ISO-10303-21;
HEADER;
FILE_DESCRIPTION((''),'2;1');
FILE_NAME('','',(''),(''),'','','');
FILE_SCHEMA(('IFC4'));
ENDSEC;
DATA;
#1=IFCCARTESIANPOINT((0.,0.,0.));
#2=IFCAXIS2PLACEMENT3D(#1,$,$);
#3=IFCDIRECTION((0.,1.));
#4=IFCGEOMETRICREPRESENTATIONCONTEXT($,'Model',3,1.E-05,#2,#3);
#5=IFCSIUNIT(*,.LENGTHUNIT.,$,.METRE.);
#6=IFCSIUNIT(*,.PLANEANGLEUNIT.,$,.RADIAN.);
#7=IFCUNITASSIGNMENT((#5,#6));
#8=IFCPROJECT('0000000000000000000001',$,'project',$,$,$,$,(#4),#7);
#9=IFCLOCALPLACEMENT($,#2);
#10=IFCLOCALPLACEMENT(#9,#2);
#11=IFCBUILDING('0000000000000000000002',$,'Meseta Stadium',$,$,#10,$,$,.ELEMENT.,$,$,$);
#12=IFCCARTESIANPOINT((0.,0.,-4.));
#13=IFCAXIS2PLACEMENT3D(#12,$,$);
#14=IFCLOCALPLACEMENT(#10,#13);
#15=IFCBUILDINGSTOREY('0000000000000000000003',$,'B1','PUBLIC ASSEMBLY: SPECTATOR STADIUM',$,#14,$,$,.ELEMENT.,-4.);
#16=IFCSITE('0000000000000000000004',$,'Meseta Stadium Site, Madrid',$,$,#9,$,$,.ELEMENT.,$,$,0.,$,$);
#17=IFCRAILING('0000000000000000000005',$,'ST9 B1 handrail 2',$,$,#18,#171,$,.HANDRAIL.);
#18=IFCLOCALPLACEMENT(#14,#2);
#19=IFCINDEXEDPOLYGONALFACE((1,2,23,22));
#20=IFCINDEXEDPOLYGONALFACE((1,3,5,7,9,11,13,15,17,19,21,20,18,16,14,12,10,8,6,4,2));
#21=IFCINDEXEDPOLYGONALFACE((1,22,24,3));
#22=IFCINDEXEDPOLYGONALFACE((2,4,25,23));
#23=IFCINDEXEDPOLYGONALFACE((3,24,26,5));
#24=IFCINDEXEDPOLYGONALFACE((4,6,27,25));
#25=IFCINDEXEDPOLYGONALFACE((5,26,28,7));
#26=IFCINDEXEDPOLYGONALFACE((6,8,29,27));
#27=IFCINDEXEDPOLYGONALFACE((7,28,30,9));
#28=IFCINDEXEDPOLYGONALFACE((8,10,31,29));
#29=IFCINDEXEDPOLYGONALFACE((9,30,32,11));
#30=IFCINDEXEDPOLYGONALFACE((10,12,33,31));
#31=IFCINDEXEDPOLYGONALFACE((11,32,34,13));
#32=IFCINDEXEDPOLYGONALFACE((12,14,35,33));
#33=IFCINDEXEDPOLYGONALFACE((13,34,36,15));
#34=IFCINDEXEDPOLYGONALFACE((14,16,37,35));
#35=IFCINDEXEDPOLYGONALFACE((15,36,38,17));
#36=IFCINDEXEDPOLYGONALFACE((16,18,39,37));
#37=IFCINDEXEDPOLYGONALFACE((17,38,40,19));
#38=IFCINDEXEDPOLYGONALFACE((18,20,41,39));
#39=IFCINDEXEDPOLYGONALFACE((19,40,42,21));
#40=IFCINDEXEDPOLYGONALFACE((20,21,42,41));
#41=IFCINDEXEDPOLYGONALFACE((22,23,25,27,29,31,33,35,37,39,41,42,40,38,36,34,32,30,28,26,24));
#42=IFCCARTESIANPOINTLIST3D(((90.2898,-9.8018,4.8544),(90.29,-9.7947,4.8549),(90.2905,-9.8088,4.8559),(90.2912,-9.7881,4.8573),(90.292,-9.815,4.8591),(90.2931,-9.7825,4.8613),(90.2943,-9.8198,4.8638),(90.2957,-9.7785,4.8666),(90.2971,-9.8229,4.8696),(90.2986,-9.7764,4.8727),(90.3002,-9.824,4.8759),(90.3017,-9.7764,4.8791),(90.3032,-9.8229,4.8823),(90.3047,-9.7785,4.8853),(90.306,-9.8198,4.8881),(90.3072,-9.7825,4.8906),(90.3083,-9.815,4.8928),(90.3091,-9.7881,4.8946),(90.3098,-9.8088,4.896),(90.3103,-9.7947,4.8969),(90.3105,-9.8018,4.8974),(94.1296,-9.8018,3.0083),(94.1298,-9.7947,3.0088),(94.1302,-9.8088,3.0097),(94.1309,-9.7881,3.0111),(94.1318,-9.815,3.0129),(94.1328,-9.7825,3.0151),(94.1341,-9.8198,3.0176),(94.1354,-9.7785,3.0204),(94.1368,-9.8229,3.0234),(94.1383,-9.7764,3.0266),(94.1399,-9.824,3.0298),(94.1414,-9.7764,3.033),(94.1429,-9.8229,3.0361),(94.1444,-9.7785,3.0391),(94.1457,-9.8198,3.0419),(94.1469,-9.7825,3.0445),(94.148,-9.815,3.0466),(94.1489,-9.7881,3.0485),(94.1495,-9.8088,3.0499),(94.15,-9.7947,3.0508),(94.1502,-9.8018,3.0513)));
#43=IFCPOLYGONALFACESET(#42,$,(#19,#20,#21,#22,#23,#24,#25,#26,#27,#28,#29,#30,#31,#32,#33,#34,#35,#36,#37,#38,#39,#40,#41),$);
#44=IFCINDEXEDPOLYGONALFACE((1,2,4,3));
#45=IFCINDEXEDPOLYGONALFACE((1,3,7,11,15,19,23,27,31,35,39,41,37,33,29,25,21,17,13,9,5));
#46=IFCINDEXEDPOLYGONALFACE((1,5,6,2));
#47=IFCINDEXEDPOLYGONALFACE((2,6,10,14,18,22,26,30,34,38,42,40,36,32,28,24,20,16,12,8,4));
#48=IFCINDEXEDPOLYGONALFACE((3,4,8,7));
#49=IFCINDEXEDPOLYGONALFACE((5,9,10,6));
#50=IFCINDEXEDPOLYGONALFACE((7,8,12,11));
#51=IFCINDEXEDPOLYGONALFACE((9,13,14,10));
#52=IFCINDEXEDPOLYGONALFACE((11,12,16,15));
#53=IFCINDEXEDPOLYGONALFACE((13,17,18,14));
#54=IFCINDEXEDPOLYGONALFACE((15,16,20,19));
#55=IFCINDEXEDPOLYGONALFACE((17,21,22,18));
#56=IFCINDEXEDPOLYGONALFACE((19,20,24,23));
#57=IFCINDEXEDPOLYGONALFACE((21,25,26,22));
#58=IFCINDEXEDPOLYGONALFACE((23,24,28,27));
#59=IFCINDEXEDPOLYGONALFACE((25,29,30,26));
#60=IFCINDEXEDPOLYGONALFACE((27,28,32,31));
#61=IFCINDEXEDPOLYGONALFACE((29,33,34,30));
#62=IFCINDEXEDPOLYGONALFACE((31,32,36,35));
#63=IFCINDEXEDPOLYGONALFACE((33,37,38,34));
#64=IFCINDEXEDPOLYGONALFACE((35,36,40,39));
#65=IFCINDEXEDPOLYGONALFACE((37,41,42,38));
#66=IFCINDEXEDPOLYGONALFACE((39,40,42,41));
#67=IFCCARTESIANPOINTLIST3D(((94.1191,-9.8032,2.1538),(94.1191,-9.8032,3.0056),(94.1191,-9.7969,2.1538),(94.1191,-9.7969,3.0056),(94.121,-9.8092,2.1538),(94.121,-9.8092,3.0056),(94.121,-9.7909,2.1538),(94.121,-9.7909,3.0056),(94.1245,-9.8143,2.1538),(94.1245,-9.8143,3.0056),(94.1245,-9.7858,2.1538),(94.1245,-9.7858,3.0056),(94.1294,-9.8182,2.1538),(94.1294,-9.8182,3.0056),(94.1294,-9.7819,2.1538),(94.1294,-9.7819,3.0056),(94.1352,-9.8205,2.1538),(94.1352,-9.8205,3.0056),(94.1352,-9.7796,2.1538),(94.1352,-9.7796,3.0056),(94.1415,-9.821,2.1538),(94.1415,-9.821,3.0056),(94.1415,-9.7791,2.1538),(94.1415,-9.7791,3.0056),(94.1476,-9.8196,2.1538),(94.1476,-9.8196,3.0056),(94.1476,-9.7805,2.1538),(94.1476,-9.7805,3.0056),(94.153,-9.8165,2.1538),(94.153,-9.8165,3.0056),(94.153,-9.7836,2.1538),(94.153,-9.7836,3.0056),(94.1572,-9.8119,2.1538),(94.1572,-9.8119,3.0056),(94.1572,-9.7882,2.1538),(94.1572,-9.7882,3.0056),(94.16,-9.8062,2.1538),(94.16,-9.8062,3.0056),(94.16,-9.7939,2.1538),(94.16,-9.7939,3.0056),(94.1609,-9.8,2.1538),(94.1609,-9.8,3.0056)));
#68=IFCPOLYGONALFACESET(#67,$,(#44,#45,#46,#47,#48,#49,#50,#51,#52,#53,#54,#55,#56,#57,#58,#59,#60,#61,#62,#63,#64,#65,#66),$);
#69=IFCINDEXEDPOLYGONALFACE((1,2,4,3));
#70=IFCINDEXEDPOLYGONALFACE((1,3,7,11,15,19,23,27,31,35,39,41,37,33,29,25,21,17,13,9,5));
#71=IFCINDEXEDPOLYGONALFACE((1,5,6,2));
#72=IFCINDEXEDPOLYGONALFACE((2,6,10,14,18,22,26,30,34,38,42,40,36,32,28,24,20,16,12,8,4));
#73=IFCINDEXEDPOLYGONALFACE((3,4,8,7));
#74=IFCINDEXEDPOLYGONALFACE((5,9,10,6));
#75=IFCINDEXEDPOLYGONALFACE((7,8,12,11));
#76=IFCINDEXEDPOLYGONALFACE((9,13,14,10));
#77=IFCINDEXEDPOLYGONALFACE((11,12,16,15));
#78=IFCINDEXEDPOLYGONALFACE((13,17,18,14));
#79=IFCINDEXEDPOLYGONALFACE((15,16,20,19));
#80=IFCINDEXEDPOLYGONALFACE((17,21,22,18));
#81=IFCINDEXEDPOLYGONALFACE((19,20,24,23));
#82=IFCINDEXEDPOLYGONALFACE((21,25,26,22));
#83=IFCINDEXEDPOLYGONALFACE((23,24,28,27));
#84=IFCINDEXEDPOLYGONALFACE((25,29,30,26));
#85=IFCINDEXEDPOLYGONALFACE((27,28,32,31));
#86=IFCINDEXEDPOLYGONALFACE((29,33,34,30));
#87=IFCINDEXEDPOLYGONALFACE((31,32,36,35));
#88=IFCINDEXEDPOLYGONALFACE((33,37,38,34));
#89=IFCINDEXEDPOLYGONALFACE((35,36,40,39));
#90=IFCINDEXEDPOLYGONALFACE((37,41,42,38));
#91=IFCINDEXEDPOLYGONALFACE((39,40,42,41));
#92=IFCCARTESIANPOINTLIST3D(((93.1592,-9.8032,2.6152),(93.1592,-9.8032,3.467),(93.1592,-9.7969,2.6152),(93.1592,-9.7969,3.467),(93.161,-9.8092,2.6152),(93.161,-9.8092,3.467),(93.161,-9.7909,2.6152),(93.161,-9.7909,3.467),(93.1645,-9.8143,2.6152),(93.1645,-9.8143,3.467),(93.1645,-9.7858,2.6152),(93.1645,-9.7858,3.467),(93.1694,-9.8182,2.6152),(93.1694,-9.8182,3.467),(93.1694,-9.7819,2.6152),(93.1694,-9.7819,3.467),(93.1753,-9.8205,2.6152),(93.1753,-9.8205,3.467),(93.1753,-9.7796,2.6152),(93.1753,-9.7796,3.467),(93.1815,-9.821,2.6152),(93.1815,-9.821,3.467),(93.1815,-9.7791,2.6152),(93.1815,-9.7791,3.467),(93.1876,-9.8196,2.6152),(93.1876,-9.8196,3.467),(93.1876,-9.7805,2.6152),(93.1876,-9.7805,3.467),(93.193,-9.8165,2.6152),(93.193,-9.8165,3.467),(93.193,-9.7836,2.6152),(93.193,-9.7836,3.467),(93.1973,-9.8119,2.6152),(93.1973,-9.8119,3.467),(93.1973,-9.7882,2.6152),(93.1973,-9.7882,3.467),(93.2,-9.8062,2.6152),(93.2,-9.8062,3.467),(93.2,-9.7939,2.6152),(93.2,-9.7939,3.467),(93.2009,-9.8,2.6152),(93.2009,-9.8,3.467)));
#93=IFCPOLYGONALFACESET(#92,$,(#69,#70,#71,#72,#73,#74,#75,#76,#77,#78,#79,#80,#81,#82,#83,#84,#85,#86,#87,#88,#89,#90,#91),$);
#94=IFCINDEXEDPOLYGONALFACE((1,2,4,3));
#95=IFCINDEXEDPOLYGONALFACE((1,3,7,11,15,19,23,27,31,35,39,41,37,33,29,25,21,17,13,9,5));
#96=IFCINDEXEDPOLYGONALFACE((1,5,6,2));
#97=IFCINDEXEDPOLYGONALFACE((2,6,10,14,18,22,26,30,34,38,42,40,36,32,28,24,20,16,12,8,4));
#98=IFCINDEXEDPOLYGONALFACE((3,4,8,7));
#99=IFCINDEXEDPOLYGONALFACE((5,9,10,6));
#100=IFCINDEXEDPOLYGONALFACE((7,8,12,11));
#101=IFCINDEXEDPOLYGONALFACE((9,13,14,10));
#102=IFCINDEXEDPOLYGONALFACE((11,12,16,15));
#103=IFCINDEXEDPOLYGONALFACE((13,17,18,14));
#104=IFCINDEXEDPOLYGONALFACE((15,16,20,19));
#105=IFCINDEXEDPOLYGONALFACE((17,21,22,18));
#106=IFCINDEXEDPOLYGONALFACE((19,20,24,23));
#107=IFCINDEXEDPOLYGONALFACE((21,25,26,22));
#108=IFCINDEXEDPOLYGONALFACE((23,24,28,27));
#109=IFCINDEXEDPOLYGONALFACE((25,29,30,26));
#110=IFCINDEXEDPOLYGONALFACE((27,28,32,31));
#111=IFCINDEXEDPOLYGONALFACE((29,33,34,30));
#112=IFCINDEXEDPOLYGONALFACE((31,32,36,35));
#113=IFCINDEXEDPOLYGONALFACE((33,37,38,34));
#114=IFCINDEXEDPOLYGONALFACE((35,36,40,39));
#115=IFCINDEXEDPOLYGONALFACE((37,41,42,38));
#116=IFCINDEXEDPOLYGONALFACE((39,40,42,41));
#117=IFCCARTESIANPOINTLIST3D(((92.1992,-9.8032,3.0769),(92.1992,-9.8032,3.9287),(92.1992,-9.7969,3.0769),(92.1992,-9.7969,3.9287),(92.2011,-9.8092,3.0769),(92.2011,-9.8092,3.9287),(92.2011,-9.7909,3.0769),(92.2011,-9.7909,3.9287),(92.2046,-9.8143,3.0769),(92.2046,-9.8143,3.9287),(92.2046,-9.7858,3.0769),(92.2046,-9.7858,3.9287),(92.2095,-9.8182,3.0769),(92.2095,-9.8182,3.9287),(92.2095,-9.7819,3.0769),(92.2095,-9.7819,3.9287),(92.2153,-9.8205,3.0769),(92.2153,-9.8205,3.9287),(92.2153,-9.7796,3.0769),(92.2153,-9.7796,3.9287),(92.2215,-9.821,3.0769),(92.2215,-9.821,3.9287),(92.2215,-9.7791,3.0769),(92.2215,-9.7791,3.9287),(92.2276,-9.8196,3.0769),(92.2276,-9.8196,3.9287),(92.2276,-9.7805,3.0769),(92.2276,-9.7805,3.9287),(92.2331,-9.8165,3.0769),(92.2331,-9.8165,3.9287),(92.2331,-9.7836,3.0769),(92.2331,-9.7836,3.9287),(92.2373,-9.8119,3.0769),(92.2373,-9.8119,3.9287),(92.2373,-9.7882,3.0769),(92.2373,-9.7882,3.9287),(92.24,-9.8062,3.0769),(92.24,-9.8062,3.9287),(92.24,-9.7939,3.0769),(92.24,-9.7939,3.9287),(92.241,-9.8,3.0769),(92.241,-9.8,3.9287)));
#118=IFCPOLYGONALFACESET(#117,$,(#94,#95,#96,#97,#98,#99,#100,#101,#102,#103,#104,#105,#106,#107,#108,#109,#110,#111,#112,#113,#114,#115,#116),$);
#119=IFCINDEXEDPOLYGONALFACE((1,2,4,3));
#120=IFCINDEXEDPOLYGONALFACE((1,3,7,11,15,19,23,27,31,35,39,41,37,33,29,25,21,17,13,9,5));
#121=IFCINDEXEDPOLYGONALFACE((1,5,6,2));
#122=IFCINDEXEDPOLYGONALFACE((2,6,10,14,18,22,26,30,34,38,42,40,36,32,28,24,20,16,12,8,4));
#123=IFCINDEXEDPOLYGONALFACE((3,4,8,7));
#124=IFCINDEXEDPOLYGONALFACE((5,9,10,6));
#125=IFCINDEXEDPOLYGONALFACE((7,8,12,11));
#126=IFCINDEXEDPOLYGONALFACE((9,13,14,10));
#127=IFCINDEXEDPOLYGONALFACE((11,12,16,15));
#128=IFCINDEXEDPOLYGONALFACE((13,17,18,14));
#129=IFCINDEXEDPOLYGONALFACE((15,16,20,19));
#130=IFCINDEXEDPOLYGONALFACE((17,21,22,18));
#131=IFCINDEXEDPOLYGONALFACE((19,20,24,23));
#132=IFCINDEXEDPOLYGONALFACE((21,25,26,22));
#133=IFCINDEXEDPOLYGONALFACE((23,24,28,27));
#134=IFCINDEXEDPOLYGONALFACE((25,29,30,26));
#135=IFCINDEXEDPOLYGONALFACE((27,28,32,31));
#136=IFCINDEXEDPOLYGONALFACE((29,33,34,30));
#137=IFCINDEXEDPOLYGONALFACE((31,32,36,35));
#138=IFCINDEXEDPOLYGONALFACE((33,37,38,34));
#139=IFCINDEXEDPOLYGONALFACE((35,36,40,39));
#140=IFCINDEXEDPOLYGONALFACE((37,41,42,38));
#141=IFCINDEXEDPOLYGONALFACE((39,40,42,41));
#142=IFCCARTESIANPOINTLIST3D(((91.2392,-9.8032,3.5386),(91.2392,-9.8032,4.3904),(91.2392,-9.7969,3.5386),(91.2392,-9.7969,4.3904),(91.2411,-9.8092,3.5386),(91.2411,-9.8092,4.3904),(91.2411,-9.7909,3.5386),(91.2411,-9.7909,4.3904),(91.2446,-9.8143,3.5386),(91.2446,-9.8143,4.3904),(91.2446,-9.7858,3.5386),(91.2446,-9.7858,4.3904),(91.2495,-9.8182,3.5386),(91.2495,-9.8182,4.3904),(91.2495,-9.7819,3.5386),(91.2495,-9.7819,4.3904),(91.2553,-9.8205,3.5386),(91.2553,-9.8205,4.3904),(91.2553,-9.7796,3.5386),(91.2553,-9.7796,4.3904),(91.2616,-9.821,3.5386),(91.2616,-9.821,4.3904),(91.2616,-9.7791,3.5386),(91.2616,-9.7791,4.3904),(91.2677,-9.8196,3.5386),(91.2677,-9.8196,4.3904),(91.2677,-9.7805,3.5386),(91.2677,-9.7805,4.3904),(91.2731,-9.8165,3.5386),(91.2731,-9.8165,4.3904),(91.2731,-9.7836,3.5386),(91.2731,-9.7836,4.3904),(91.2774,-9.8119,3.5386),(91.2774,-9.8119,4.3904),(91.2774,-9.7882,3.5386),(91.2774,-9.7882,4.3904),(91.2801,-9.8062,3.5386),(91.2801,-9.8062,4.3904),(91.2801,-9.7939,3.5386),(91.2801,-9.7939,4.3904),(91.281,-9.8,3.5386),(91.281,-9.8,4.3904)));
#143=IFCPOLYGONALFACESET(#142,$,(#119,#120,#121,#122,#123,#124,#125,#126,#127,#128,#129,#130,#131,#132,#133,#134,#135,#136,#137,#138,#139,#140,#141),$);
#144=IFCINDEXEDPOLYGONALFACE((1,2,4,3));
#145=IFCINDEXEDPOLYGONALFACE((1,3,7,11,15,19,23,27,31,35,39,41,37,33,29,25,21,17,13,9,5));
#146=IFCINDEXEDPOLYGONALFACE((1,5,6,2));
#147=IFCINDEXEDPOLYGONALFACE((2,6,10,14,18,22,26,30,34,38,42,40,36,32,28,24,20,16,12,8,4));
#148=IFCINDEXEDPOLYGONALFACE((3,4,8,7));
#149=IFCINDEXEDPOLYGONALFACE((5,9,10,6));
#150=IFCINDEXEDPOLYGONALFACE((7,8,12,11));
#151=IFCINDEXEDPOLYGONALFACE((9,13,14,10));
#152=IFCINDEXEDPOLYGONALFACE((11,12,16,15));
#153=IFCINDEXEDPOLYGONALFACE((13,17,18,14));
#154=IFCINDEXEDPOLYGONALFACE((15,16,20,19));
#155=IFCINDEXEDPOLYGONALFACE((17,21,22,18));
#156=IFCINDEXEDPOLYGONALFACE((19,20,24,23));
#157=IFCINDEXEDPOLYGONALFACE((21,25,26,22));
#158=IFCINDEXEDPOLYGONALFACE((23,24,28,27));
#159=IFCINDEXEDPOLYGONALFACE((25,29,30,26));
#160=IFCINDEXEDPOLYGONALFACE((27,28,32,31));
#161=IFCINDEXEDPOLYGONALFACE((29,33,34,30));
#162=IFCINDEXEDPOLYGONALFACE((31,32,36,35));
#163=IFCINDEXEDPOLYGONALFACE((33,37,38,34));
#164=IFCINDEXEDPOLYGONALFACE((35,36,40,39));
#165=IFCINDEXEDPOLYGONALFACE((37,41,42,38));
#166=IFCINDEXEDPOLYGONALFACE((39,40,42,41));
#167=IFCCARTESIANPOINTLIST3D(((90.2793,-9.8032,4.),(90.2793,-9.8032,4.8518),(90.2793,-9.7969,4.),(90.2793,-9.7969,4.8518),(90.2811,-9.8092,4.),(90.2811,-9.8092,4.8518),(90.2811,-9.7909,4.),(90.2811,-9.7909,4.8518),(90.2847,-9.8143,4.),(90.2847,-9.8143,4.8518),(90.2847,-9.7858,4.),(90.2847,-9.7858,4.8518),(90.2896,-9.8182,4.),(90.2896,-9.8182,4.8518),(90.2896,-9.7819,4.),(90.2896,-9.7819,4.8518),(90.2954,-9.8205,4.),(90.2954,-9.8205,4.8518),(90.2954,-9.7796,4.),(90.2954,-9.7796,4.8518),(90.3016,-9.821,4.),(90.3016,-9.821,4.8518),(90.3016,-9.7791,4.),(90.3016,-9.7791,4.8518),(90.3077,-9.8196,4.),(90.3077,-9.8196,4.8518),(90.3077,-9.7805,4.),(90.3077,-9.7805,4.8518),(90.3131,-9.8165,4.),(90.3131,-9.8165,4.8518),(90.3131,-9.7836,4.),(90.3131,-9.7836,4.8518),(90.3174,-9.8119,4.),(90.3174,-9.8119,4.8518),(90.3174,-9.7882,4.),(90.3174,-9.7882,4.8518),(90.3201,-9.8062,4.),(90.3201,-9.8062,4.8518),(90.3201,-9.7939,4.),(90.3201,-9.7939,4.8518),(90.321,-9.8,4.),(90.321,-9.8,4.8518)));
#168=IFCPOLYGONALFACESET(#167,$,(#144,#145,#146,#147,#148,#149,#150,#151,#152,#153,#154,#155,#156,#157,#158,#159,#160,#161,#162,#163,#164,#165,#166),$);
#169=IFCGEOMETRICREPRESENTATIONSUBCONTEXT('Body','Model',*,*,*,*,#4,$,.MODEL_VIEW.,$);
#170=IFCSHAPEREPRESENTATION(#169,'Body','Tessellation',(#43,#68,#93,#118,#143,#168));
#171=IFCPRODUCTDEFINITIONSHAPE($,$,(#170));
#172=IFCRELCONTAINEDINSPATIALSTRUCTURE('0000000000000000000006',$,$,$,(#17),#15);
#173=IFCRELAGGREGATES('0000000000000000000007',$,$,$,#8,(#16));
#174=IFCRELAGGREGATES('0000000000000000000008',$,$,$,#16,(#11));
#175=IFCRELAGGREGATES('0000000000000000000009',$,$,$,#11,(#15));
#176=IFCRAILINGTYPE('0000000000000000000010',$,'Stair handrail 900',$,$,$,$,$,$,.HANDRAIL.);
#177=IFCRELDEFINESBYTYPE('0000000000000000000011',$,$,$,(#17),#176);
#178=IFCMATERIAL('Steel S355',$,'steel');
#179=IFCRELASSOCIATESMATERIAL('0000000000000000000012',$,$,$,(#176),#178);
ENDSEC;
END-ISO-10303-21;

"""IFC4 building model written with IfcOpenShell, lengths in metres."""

from ifc_helpers import new_model, si_unit, direction, frame, origin, origin_2d, place, context, subcontext, project, spatial, circle, extrude, material, type_object, element, save


model = new_model("IFC4")

# Units and contexts
model_context = context("Model", 3, precision=1e-05, world=origin(), true_north=direction((0.0, 1.0)))
body_context = subcontext(model_context, "Body", "Model", "MODEL_VIEW")
ifc_project = project(units=[si_unit("LENGTHUNIT", "METRE"), si_unit("PLANEANGLEUNIT", "RADIAN")], contexts=[model_context])

# Site, building, storey
site_placement = place(None, origin())
site = spatial("IfcSite", under=ifc_project, at=site_placement, Name="Meseta Stadium Site, Madrid", CompositionType="ELEMENT", RefElevation=0.0)
building_placement = place(site_placement, origin())
building = spatial("IfcBuilding", under=site, at=building_placement, Name="Meseta Stadium", CompositionType="ELEMENT")
storey_placement = place(building_placement, frame((0.0, 0.0, -4.0)))
storey = spatial("IfcBuildingStorey", under=building, at=storey_placement, Name="B1", Description="PUBLIC ASSEMBLY: SPECTATOR STADIUM", CompositionType="ELEMENT", Elevation=-4.0)

# Railing
ifc_material_1 = material(Name="Steel S355", Category="steel")
railing_type_1 = type_object("IfcRailingType", Name="Stair handrail 900", PredefinedType="HANDRAIL", material=ifc_material_1)
railing_1_placement = place(storey_placement, frame((94.1399, -9.8, 2.1538)))
element("IfcRailing", 1, at=railing_1_placement, inside=storey, type_object=railing_type_1, Name="ST9 B1 handrail 2", PredefinedType="HANDRAIL", context=body_context, shape_type="SweptSolid", body=[
    extrude(circle(Radius=0.0239, at=origin_2d()), frame((0.0, 0.0, 0.876), z_axis=(-0.901242, 0.0, 0.433316), x_axis=(0.0, -1.0, 0.0)), (0.0, 0.0, 1.0), 4.2605),
    extrude(circle(Radius=0.021, at=origin_2d()), origin(), (0.0, 0.0, 1.0), 0.8518),
    extrude(circle(Radius=0.021, at=origin_2d()), frame((-0.96, 0.0, 0.4614)), (0.0, 0.0, 1.0), 0.8518),
    extrude(circle(Radius=0.021, at=origin_2d()), frame((-1.9199, 0.0, 0.9231)), (0.0, 0.0, 1.0), 0.8518),
    extrude(circle(Radius=0.021, at=origin_2d()), frame((-2.8799, 0.0, 1.3848)), (0.0, 0.0, 1.0), 0.8518),
    extrude(circle(Radius=0.021, at=origin_2d()), frame((-3.8398, 0.0, 1.8462)), (0.0, 0.0, 1.0), 0.8518),
])

save(model, "model.ifc")
